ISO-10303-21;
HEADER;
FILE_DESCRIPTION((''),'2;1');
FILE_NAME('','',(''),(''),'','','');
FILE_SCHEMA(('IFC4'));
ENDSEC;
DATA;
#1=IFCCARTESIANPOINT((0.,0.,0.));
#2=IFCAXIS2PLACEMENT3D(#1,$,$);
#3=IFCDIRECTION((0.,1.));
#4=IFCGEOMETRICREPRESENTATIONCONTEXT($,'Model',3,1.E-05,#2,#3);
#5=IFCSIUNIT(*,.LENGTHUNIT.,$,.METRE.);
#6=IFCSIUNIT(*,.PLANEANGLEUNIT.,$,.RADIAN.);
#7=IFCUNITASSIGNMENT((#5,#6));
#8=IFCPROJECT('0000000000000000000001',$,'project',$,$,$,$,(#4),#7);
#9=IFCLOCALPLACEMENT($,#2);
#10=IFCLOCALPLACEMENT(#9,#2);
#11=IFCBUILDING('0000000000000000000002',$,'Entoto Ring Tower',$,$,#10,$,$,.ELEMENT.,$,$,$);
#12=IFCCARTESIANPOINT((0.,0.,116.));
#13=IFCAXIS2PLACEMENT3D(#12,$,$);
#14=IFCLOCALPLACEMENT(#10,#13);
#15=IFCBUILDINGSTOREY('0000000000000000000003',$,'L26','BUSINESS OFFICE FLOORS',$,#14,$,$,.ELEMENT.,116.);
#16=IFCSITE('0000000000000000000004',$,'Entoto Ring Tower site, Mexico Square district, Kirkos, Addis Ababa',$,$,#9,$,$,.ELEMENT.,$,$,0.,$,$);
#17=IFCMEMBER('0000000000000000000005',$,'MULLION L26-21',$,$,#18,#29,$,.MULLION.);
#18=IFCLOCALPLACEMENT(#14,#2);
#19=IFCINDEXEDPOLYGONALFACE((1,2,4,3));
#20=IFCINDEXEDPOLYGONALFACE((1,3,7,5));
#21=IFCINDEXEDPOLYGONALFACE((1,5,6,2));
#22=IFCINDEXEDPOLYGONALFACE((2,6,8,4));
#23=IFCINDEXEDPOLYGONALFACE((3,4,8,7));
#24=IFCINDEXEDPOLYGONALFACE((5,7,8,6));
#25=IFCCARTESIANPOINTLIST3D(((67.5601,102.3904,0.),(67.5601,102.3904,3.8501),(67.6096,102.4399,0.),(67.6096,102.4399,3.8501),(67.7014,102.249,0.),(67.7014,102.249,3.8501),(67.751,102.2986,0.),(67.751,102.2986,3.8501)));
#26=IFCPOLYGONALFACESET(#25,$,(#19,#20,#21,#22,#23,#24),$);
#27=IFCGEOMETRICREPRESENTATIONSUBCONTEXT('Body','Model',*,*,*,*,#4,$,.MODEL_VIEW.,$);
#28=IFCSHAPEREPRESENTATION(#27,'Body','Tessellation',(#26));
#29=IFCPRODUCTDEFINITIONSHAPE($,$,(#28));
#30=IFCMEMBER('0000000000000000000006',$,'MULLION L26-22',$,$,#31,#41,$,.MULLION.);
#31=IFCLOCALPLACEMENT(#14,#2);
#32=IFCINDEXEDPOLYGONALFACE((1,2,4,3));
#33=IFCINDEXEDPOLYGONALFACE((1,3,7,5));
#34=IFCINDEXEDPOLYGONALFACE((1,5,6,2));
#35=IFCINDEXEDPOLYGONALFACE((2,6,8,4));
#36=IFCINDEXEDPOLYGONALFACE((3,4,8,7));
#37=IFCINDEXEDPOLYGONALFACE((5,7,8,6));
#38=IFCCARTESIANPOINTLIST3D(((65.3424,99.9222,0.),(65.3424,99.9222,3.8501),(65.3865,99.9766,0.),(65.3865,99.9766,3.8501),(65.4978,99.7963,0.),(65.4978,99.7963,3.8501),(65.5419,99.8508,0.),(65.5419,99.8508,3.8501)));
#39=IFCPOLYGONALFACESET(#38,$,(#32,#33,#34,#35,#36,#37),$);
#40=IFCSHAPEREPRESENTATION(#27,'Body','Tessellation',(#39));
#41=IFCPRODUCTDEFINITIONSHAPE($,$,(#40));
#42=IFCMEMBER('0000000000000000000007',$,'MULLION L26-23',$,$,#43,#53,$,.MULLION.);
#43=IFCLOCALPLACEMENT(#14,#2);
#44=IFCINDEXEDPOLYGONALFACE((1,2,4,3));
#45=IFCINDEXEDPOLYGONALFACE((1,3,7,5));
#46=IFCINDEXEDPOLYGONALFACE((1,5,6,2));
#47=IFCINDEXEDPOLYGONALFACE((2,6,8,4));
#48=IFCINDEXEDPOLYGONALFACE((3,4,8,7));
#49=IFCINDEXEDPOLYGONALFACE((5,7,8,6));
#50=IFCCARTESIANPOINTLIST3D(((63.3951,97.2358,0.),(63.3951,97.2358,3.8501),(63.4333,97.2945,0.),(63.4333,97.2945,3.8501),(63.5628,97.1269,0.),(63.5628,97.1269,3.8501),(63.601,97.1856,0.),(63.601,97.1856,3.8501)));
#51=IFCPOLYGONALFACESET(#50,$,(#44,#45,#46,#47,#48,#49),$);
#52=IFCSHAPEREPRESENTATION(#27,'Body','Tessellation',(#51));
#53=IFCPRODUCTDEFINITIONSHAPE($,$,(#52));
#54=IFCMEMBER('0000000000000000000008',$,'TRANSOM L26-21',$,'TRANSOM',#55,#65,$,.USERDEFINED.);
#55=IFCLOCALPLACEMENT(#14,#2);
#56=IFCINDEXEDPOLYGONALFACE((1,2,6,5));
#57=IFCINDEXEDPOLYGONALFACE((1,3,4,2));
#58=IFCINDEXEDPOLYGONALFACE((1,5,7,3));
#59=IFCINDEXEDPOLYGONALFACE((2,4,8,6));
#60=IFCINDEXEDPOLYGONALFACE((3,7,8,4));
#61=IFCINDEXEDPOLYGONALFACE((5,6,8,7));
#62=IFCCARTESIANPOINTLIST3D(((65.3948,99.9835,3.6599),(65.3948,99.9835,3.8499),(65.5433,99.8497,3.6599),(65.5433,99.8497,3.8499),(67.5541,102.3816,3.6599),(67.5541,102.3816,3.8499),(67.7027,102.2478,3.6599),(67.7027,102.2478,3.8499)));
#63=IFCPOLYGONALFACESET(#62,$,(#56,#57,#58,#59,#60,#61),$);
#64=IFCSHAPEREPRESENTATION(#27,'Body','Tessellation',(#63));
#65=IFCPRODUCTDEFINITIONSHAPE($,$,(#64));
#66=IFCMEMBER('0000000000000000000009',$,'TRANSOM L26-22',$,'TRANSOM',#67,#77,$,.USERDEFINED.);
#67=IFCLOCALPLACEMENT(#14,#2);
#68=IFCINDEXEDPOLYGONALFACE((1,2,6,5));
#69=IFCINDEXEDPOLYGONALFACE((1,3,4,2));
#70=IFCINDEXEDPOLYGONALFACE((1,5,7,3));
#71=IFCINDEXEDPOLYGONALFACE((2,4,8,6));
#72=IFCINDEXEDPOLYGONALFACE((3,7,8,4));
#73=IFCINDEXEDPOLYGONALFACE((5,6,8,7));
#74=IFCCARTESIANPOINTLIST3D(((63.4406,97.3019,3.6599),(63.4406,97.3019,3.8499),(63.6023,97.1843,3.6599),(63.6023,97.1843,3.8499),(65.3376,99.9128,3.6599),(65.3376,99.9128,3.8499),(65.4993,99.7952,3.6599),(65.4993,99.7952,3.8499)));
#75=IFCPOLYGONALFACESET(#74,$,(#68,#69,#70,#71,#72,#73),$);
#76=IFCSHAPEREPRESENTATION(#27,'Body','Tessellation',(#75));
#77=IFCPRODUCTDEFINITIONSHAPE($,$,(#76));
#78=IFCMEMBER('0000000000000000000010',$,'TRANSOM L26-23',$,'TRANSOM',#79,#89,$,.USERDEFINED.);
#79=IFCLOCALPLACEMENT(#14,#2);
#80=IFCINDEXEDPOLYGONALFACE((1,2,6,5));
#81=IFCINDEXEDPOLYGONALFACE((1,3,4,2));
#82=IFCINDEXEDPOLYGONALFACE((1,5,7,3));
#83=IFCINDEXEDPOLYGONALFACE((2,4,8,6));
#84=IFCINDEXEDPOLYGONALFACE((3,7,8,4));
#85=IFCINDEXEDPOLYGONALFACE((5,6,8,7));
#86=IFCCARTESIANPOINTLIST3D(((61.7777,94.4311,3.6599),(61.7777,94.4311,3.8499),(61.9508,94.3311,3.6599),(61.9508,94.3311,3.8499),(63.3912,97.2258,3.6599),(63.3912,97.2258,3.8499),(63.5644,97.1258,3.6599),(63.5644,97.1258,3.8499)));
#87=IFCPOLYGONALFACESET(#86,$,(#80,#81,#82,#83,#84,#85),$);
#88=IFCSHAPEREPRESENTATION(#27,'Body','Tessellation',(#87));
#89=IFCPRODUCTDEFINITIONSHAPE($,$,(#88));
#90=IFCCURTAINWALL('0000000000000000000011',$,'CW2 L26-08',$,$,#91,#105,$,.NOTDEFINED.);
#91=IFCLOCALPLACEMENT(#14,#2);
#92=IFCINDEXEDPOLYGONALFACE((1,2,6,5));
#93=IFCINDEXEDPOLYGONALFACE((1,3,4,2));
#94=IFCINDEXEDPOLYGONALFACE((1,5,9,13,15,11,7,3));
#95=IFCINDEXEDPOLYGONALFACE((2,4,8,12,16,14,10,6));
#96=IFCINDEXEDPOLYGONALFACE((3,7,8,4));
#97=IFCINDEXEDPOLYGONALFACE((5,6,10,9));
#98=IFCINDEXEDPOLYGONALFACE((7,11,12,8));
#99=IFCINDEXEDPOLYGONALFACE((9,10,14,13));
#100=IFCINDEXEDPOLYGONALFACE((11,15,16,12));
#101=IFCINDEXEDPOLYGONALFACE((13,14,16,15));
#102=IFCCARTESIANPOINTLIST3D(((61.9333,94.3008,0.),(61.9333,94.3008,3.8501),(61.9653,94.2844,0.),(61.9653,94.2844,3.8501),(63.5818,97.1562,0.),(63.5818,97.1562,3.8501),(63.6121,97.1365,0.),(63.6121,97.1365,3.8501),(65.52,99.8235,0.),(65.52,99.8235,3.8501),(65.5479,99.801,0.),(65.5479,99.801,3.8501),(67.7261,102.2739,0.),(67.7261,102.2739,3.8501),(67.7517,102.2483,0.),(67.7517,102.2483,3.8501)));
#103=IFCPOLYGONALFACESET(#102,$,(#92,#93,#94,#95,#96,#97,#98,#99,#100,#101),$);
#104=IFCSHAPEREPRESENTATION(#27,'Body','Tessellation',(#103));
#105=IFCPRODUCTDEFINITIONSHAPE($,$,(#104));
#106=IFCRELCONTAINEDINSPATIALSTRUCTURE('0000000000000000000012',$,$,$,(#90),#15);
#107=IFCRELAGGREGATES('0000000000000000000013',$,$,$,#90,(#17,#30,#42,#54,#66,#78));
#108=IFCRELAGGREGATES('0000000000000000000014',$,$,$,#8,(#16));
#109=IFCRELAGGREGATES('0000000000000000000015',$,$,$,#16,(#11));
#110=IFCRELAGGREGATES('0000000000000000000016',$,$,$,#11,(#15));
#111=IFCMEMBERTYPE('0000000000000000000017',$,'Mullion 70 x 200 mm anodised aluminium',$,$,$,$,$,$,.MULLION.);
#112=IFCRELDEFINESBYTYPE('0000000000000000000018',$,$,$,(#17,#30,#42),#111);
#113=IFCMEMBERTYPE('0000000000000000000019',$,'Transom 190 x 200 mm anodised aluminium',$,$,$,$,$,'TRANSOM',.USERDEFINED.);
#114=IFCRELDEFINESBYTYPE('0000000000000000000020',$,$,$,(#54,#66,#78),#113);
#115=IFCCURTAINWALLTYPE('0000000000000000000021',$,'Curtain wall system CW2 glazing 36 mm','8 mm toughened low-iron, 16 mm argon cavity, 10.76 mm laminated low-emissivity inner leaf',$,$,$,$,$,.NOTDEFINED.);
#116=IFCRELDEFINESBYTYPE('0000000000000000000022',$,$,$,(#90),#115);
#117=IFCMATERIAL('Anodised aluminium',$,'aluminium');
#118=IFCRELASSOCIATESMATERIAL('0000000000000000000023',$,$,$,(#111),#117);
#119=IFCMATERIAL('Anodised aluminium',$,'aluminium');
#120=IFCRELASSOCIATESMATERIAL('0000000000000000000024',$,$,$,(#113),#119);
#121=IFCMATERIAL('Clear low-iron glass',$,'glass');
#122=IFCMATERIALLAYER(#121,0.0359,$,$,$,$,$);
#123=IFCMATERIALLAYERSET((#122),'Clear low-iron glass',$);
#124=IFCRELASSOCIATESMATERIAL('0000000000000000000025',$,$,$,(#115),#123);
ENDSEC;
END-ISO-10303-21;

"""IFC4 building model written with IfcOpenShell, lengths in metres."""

from ifc_helpers import new_model, si_unit, direction, frame, origin, origin_2d, place, context, subcontext, project, spatial, polyline, rectangle, outline, extrude, material, layer, layer_set, material_profile, profile_set, type_object, element, aggregate, save


model = new_model("IFC4")

# Units and contexts
model_context = context("Model", 3, precision=1e-05, world=origin(), true_north=direction((0.0, 1.0)))
body_context = subcontext(model_context, "Body", "Model", "MODEL_VIEW")
ifc_project = project(units=[si_unit("LENGTHUNIT", "METRE"), si_unit("PLANEANGLEUNIT", "RADIAN")], contexts=[model_context])

# Members
ifc_material_1 = material(Name="Anodised aluminium", Category="aluminium")
ifc_material_profile_1 = material_profile(ifc_material_1, rectangle(XDim=0.0701, YDim=0.2, at=origin_2d()), Name="Mullion 70 x 200 mm anodised aluminium")
ifc_profile_set_1 = profile_set([ifc_material_profile_1], Name="Anodised aluminium")
member_type_1 = type_object("IfcMemberType", Name="Mullion 70 x 200 mm anodised aluminium", PredefinedType="MULLION", material=ifc_profile_set_1)
site_placement = place(None, origin())
building_placement = place(site_placement, origin())
storey_placement = place(building_placement, frame((0.0, 0.0, 116.0)))
member_1_placement = place(storey_placement, frame((67.6555, 102.3445, 0.0), z_axis=(0.0, 0.0, 1.0), x_axis=(-0.707107, -0.707107, 0.0)))
member_1 = element("IfcMember", 1, at=member_1_placement, type_object=member_type_1, Name="MULLION L26-21", PredefinedType="MULLION", context=body_context, shape_type="SweptSolid", body=[
    extrude(rectangle(XDim=0.0701, YDim=0.2, at=origin_2d()), origin(), (0.0, 0.0, 1.0), 3.8501),
])
member_2_placement = place(storey_placement, frame((65.4421, 99.8865, 0.0), z_axis=(0.0, 0.0, 1.0), x_axis=(-0.62932, -0.777146, 0.0)))
member_2 = element("IfcMember", 2, at=member_2_placement, type_object=member_type_1, Name="MULLION L26-22", PredefinedType="MULLION", context=body_context, shape_type="SweptSolid", body=[
    extrude(rectangle(XDim=0.0701, YDim=0.2, at=origin_2d()), origin(), (0.0, 0.0, 1.0), 3.8501),
])
member_3_placement = place(storey_placement, frame((63.498, 97.2107, 0.0), z_axis=(0.0, 0.0, 1.0), x_axis=(-0.544639, -0.838671, 0.0)))
member_3 = element("IfcMember", 3, at=member_3_placement, type_object=member_type_1, Name="MULLION L26-23", PredefinedType="MULLION", context=body_context, shape_type="SweptSolid", body=[
    extrude(rectangle(XDim=0.0701, YDim=0.2, at=origin_2d()), origin(), (0.0, 0.0, 1.0), 3.8501),
])
ifc_material_2 = material(Name="Anodised aluminium", Category="aluminium")
ifc_material_profile_2 = material_profile(ifc_material_2, rectangle(XDim=0.2, YDim=0.1899, at=origin_2d()), Name="Transom 190 x 200 mm anodised aluminium")
ifc_profile_set_2 = profile_set([ifc_material_profile_2], Name="Anodised aluminium")
member_type_2 = type_object("IfcMemberType", Name="Transom 190 x 200 mm anodised aluminium", ElementType="TRANSOM", PredefinedType="USERDEFINED", material=ifc_profile_set_2)
member_4_placement = place(storey_placement, frame((67.6284, 102.3147, 3.7549), z_axis=(-0.669144, -0.743132, 0.0), x_axis=(0.743132, -0.669144, 0.0)))
member_4 = element("IfcMember", 4, at=member_4_placement, type_object=member_type_2, Name="TRANSOM L26-21", ObjectType="TRANSOM", PredefinedType="USERDEFINED", context=body_context, shape_type="SweptSolid", body=[
    extrude(rectangle(XDim=0.2, YDim=0.1899, at=origin_2d()), origin(), (0.0, 0.0, 1.0), 3.2271),
])
member_5_placement = place(storey_placement, frame((65.4185, 99.854, 3.7549), z_axis=(-0.587803, -0.809004, 0.0), x_axis=(0.809004, -0.587803, 0.0)))
member_5 = element("IfcMember", 5, at=member_5_placement, type_object=member_type_2, Name="TRANSOM L26-22", ObjectType="TRANSOM", PredefinedType="USERDEFINED", context=body_context, shape_type="SweptSolid", body=[
    extrude(rectangle(XDim=0.2, YDim=0.1899, at=origin_2d()), origin(), (0.0, 0.0, 1.0), 3.2273),
])
member_6_placement = place(storey_placement, frame((63.4778, 97.1758, 3.7549), z_axis=(-0.500004, -0.866023, 0.0), x_axis=(0.866023, -0.500004, 0.0)))
member_6 = element("IfcMember", 6, at=member_6_placement, type_object=member_type_2, Name="TRANSOM L26-23", ObjectType="TRANSOM", PredefinedType="USERDEFINED", context=body_context, shape_type="SweptSolid", body=[
    extrude(rectangle(XDim=0.2, YDim=0.1899, at=origin_2d()), origin(), (0.0, 0.0, 1.0), 3.2271),
])

# Site, building, storey
site = spatial("IfcSite", under=ifc_project, at=site_placement, Name="Entoto Ring Tower site, Mexico Square district, Kirkos, Addis Ababa", CompositionType="ELEMENT", RefElevation=0.0)
building = spatial("IfcBuilding", under=site, at=building_placement, Name="Entoto Ring Tower", CompositionType="ELEMENT")
storey = spatial("IfcBuildingStorey", under=building, at=storey_placement, Name="L26", Description="BUSINESS OFFICE FLOORS", CompositionType="ELEMENT", Elevation=116.0)

# Curtain wall
ifc_material_3 = material(Name="Clear low-iron glass", Category="glass")
ifc_layer = layer(ifc_material_3, 0.0359)
ifc_layer_set = layer_set([ifc_layer], Name="Clear low-iron glass")
curtain_wall_type = type_object("IfcCurtainWallType", Name="Curtain wall system CW2 glazing 36 mm", Description="8 mm toughened low-iron, 16 mm argon cavity, 10.76 mm laminated low-emissivity inner leaf", PredefinedType="NOTDEFINED", material=ifc_layer_set)
curtain_wall_1_placement = place(storey_placement, origin())
curtain_wall_1 = element("IfcCurtainWall", 7, at=curtain_wall_1_placement, inside=storey, type_object=curtain_wall_type, Name="CW2 L26-08", PredefinedType="NOTDEFINED", context=body_context, shape_type="SweptSolid", body=[
    extrude(outline(polyline([(67.7261, 102.2739), (65.52, 99.8235), (63.5818, 97.1562), (61.9333, 94.3008), (61.9653, 94.2844), (63.6121, 97.1365), (65.5479, 99.801), (67.7517, 102.2483), (67.7261, 102.2739)])), origin(), (0.0, 0.0, 1.0), 3.8501),
])
aggregate(curtain_wall_1, [member_1, member_2, member_3, member_4, member_5, member_6])

save(model, "model.ifc")
